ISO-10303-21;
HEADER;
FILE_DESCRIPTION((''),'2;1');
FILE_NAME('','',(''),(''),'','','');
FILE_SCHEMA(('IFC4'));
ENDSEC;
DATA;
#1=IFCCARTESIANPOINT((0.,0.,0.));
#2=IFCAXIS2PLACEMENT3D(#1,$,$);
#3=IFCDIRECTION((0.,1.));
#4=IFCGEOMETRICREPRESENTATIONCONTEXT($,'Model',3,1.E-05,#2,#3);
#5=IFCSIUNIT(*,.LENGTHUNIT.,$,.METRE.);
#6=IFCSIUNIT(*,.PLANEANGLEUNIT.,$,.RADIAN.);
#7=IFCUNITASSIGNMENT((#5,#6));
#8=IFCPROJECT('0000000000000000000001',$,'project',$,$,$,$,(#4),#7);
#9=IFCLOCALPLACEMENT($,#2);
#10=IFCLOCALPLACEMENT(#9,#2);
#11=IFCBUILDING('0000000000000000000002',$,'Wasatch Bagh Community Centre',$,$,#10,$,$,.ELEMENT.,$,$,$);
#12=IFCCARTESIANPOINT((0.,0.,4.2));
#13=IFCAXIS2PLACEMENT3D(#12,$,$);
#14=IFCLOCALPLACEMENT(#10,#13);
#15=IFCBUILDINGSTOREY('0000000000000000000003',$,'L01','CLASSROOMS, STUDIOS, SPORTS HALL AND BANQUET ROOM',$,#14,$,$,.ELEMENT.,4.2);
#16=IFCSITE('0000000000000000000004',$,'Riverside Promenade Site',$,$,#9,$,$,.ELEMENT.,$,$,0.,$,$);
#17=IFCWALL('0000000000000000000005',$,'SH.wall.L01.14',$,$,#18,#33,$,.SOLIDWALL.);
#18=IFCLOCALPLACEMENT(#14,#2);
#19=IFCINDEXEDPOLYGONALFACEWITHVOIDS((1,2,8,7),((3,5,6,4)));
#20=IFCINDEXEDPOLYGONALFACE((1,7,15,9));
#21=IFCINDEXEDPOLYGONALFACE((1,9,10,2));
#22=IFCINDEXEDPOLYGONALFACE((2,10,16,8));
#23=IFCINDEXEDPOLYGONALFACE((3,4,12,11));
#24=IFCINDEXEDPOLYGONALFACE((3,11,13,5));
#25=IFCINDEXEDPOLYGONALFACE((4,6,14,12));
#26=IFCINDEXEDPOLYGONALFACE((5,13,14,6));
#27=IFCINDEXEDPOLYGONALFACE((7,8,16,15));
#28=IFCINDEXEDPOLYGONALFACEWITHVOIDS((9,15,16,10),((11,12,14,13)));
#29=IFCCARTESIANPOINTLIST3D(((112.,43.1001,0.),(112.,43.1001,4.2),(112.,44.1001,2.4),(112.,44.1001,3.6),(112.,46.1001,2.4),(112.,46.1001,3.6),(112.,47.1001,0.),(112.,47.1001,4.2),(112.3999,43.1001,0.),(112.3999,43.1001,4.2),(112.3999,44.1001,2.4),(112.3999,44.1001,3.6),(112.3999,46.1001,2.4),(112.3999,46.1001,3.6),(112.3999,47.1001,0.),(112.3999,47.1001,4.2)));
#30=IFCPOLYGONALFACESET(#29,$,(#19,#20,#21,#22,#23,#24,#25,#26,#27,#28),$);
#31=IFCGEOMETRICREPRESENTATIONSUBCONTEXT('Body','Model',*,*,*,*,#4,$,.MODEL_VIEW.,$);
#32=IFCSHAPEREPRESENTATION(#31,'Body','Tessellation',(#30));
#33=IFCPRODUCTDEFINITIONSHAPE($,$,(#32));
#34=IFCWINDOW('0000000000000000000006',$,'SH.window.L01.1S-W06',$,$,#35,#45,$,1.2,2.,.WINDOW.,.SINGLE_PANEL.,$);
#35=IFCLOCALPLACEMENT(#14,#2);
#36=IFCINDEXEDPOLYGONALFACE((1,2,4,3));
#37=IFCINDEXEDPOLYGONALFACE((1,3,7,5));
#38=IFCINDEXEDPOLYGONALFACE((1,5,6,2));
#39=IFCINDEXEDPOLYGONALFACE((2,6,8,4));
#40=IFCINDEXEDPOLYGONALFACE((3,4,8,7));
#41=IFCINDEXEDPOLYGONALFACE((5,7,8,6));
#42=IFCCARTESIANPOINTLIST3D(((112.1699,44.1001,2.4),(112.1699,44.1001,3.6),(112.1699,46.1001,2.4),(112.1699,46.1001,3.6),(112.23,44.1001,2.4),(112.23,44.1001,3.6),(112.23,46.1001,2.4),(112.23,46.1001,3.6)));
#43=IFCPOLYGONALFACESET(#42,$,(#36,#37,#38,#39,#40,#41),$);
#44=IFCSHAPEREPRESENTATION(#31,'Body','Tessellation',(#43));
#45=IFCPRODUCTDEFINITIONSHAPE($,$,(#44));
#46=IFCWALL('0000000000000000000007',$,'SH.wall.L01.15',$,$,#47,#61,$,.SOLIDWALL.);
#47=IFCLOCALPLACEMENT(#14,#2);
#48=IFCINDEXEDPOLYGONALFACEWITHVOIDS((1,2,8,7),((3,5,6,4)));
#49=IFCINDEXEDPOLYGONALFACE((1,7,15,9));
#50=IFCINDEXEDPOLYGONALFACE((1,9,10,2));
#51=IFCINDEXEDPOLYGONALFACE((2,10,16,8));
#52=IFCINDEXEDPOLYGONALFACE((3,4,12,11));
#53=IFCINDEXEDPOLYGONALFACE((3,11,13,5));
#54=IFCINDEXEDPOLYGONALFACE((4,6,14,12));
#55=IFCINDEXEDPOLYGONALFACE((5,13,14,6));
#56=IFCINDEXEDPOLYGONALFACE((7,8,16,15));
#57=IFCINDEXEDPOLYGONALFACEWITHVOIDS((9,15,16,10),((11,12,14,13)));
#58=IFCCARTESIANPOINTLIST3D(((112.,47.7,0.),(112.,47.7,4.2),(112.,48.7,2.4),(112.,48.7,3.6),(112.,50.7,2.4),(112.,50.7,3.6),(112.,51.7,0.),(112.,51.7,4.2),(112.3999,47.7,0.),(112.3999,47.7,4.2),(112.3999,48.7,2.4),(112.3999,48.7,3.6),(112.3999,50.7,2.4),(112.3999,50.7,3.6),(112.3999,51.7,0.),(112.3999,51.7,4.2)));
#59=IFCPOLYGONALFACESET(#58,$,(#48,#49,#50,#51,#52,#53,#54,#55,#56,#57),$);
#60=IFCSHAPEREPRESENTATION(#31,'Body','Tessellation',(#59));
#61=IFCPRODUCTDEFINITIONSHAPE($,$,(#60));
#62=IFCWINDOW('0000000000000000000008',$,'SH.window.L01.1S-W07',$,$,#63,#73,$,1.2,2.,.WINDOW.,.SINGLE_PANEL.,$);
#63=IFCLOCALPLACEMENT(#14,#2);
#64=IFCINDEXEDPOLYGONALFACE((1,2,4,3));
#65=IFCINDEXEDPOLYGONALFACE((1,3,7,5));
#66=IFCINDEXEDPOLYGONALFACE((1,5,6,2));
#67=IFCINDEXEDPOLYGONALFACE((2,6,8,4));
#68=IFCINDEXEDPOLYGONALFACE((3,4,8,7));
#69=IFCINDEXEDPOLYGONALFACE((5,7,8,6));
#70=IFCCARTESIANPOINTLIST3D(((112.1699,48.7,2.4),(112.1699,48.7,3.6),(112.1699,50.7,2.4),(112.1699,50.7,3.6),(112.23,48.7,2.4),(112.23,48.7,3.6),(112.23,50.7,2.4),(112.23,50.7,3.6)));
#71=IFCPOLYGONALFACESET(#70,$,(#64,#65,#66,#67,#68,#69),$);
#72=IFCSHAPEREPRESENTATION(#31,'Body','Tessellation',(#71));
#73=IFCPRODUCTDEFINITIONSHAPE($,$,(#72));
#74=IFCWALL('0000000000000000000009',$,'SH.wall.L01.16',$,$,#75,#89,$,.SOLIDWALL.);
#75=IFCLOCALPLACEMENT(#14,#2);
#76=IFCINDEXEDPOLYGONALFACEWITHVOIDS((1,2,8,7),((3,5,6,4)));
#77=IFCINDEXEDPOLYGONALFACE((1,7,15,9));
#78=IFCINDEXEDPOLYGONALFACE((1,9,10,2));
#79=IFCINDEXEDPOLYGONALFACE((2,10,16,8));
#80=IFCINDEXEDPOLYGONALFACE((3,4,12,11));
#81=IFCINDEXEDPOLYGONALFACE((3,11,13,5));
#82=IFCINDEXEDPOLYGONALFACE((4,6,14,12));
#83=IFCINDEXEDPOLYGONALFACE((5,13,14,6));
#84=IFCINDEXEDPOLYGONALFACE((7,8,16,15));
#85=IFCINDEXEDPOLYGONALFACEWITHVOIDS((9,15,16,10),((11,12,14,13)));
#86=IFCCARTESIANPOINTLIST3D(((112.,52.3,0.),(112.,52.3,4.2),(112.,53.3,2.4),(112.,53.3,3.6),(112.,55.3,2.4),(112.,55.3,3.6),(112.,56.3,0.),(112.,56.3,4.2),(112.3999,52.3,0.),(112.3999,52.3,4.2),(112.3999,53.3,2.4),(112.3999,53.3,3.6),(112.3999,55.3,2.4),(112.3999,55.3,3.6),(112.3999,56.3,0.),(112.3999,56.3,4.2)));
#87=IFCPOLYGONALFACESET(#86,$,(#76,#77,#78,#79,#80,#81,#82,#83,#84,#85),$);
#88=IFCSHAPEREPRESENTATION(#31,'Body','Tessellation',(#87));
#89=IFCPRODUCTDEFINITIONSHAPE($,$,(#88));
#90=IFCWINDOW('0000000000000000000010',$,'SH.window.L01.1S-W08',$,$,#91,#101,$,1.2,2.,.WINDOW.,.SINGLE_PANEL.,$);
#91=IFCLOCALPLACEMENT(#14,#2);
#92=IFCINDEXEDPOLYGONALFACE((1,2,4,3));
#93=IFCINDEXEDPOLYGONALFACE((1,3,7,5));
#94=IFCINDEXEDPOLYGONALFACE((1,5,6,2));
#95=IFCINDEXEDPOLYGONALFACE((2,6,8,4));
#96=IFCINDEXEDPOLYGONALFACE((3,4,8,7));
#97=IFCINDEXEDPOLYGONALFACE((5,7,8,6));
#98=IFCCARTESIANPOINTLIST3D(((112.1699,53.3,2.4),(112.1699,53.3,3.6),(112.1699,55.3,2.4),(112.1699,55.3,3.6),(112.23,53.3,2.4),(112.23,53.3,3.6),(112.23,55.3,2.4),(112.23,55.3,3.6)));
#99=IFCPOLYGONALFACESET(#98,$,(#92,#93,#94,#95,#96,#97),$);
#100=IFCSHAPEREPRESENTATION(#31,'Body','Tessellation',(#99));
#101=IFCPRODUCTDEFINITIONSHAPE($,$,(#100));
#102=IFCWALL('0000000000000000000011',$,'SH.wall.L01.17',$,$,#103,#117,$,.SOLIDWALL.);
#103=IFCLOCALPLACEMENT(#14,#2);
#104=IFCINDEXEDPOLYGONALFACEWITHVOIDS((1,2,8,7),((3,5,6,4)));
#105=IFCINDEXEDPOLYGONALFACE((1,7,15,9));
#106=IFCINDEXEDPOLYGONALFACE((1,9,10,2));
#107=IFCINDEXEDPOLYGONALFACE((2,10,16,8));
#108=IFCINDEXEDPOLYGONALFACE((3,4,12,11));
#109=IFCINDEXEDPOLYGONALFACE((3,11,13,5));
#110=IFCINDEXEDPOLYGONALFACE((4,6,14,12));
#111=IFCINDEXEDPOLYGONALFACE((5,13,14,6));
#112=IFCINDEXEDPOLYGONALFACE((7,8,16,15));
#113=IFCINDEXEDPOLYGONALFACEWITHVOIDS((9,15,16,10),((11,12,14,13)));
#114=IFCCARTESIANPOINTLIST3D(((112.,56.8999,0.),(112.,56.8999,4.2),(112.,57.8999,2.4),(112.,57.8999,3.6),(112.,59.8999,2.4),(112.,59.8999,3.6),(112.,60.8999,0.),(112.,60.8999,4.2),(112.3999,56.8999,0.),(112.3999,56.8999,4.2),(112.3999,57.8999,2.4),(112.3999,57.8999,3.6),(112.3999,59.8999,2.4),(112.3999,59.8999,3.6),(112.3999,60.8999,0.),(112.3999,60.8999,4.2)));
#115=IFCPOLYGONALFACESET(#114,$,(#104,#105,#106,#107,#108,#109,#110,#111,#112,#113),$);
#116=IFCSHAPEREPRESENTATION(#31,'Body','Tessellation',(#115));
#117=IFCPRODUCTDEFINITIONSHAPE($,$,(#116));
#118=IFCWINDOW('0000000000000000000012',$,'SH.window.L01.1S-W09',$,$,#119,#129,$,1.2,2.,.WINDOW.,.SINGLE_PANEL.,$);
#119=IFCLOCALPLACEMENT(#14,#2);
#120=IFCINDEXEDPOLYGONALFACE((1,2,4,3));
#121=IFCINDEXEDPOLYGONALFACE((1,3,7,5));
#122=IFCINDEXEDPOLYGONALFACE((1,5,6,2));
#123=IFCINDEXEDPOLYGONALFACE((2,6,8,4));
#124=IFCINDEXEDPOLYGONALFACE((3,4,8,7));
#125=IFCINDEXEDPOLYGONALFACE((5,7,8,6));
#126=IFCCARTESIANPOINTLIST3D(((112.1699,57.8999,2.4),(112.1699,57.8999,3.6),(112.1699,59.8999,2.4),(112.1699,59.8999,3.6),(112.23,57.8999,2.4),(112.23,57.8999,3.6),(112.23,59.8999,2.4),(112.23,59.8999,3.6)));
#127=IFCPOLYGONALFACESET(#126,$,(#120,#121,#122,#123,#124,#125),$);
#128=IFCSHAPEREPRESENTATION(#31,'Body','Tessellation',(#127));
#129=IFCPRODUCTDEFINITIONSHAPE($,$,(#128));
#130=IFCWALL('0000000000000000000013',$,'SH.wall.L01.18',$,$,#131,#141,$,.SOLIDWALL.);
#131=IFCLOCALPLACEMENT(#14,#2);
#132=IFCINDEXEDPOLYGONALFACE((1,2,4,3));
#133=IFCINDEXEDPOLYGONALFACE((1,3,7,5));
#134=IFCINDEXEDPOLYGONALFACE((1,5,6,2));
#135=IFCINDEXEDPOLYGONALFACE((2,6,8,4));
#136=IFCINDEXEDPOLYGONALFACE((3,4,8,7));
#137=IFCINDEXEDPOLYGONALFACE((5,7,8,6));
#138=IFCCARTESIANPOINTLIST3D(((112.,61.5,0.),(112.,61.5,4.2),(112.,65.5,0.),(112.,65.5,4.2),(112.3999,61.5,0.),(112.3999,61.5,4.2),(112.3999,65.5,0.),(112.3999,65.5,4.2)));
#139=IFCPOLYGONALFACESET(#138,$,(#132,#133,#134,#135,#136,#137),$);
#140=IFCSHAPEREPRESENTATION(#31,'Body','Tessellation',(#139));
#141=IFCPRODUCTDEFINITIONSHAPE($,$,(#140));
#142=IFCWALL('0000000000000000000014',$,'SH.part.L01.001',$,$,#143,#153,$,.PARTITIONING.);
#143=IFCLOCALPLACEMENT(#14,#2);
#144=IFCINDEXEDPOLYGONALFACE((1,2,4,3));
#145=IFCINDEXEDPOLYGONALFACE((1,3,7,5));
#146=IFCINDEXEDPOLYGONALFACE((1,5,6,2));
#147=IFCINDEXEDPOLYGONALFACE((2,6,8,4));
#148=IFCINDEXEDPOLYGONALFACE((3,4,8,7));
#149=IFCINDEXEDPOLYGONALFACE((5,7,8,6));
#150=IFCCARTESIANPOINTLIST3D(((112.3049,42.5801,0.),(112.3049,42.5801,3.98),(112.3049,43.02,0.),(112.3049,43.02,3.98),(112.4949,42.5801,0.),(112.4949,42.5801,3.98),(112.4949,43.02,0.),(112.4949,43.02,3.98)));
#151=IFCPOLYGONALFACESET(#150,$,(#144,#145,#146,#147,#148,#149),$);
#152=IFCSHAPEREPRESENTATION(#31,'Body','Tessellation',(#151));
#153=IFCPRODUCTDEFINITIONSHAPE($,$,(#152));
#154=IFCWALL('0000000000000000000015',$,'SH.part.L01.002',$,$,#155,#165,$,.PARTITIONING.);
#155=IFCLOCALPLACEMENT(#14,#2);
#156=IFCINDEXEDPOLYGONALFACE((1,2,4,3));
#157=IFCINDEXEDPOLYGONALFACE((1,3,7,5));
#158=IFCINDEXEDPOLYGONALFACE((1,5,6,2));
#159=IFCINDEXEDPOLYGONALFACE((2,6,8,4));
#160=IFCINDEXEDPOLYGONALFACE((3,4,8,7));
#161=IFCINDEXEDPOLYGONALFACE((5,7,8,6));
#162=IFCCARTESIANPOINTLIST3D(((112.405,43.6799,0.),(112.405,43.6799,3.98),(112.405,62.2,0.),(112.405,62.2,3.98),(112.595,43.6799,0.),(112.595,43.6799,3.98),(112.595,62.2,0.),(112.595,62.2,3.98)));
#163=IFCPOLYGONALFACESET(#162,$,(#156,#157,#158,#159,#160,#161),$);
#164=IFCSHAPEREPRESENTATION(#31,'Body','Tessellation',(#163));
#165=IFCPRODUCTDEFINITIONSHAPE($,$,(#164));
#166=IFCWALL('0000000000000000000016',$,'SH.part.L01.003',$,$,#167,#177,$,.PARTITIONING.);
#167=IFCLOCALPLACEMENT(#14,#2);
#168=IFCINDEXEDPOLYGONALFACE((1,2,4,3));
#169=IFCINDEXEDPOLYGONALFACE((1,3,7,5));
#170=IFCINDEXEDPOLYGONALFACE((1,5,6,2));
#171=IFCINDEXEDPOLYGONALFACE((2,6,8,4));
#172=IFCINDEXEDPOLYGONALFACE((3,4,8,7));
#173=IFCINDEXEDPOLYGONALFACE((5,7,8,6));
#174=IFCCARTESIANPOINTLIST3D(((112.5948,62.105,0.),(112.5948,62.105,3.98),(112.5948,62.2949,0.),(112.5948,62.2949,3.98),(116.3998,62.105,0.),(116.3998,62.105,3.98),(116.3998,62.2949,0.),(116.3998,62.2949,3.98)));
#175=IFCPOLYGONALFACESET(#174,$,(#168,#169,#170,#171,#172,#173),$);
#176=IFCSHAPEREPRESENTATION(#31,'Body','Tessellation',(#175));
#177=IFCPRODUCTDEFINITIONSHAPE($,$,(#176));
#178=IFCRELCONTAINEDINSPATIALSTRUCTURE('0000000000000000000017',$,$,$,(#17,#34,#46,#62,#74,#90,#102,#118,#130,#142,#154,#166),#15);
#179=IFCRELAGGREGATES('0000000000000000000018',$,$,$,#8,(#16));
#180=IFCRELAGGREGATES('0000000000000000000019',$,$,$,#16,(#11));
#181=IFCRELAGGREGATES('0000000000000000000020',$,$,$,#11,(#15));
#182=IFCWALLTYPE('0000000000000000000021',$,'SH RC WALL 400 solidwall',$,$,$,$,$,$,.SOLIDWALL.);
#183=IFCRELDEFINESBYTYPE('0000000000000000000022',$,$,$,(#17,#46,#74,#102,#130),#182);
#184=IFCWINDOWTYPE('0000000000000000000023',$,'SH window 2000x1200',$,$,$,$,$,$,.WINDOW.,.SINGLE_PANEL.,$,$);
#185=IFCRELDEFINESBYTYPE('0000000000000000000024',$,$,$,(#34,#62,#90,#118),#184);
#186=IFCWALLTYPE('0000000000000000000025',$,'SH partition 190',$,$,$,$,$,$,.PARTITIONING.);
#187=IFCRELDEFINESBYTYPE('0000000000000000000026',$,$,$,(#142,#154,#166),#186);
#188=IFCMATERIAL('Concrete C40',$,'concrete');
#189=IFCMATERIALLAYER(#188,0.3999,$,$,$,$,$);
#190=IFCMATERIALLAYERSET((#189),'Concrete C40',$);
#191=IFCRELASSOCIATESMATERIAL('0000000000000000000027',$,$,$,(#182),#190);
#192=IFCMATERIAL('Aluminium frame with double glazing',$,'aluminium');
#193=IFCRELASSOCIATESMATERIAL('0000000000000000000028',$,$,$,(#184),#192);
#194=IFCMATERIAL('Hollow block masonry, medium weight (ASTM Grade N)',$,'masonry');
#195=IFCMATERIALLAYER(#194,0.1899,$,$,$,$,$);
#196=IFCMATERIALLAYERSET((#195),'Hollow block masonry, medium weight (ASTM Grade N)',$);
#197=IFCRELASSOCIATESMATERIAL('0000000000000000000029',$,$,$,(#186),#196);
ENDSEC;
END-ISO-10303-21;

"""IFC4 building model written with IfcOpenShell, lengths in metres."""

from ifc_helpers import new_model, si_unit, direction, frame, frame_2d, origin, place, context, subcontext, project, spatial, rectangle, extrude, material, layer, layer_set, type_object, element, fill, save


model = new_model("IFC4")

# Units and contexts
model_context = context("Model", 3, precision=1e-05, world=origin(), true_north=direction((0.0, 1.0)))
body_context = subcontext(model_context, "Body", "Model", "MODEL_VIEW")
ifc_project = project(units=[si_unit("LENGTHUNIT", "METRE"), si_unit("PLANEANGLEUNIT", "RADIAN")], contexts=[model_context])

# Site, building, storey
site_placement = place(None, origin())
site = spatial("IfcSite", under=ifc_project, at=site_placement, Name="Riverside Promenade Site", CompositionType="ELEMENT", RefElevation=0.0)
building_placement = place(site_placement, origin())
building = spatial("IfcBuilding", under=site, at=building_placement, Name="Wasatch Bagh Community Centre", CompositionType="ELEMENT")
storey_placement = place(building_placement, frame((0.0, 0.0, 4.2)))
storey = spatial("IfcBuildingStorey", under=building, at=storey_placement, Name="L01", Description="CLASSROOMS, STUDIOS, SPORTS HALL AND BANQUET ROOM", CompositionType="ELEMENT", Elevation=4.2)

# Shared definitions
ifc_material_1 = material(Name="Concrete C40", Category="concrete")

# Shared definitions
ifc_layer_1 = layer(ifc_material_1, 0.3999)
ifc_layer_set_1 = layer_set([ifc_layer_1], Name="Concrete C40")
wall_type_1 = type_object("IfcWallType", Name="SH RC WALL 400 solidwall", PredefinedType="SOLIDWALL", material=ifc_layer_set_1)

# Walls, openings, windows
wall_1_placement = place(storey_placement, frame((112.2, 43.1001, 0.0), z_axis=(0.0, 0.0, 1.0), x_axis=(0.0, 1.0, 0.0)))
wall_1 = element("IfcWall", 1, at=wall_1_placement, inside=storey, type_object=wall_type_1, Name="SH.wall.L01.14", PredefinedType="SOLIDWALL", context=body_context, shape_type="SweptSolid", body=[
    extrude(rectangle(XDim=4.0, YDim=0.3999, at=frame_2d((2.0, 0.0))), origin(), (0.0, 0.0, 1.0), 4.2),
])
opening_1_placement = place(wall_1_placement, frame((1.0, 0.0, 2.3999)))
opening_1 = element("IfcOpeningElement", 2, at=opening_1_placement, cuts=wall_1, PredefinedType="OPENING", context=body_context, shape_type="SweptSolid", body=[
    extrude(rectangle(XDim=2.0, YDim=1.2, at=frame_2d((1.0, 0.6001))), frame((0.0, 0.21, 0.0), z_axis=(0.0, -1.0, 0.0), x_axis=(1.0, 0.0, 0.0)), (0.0, 0.0, 1.0), 0.4199),
])
ifc_material_2 = material(Name="Aluminium frame with double glazing", Category="aluminium")
window_type = type_object("IfcWindowType", Name="SH window 2000x1200", PartitioningType="SINGLE_PANEL", PredefinedType="WINDOW", material=ifc_material_2)
window_1_placement = place(opening_1_placement, origin())
window_1 = element("IfcWindow", 3, at=window_1_placement, inside=storey, type_object=window_type, Name="SH.window.L01.1S-W06", OverallHeight=1.2, OverallWidth=2.0, PartitioningType="SINGLE_PANEL", PredefinedType="WINDOW", context=body_context, shape_type="SweptSolid", body=[
    extrude(rectangle(XDim=2.0, YDim=1.2, at=frame_2d((1.0, 0.6001))), frame((0.0, 0.03, 0.0), z_axis=(0.0, -1.0, 0.0), x_axis=(1.0, 0.0, 0.0)), (0.0, 0.0, 1.0), 0.0601),
])
fill(opening_1, window_1)
wall_2_placement = place(storey_placement, frame((112.2, 47.7, 0.0), z_axis=(0.0, 0.0, 1.0), x_axis=(0.0, 1.0, 0.0)))
wall_2 = element("IfcWall", 4, at=wall_2_placement, inside=storey, type_object=wall_type_1, Name="SH.wall.L01.15", PredefinedType="SOLIDWALL", context=body_context, shape_type="SweptSolid", body=[
    extrude(rectangle(XDim=4.0, YDim=0.3999, at=frame_2d((2.0, 0.0))), origin(), (0.0, 0.0, 1.0), 4.2),
])
opening_2_placement = place(wall_2_placement, frame((1.0, 0.0, 2.3999)))
opening_2 = element("IfcOpeningElement", 5, at=opening_2_placement, cuts=wall_2, PredefinedType="OPENING", context=body_context, shape_type="SweptSolid", body=[
    extrude(rectangle(XDim=2.0, YDim=1.2, at=frame_2d((1.0, 0.6001))), frame((0.0, 0.21, 0.0), z_axis=(0.0, -1.0, 0.0), x_axis=(1.0, 0.0, 0.0)), (0.0, 0.0, 1.0), 0.4199),
])
window_2_placement = place(opening_2_placement, origin())
window_2 = element("IfcWindow", 6, at=window_2_placement, inside=storey, type_object=window_type, Name="SH.window.L01.1S-W07", OverallHeight=1.2, OverallWidth=2.0, PartitioningType="SINGLE_PANEL", PredefinedType="WINDOW", context=body_context, shape_type="SweptSolid", body=[
    extrude(rectangle(XDim=2.0, YDim=1.2, at=frame_2d((1.0, 0.6001))), frame((0.0, 0.03, 0.0), z_axis=(0.0, -1.0, 0.0), x_axis=(1.0, 0.0, 0.0)), (0.0, 0.0, 1.0), 0.0601),
])
fill(opening_2, window_2)
wall_3_placement = place(storey_placement, frame((112.2, 52.3, 0.0), z_axis=(0.0, 0.0, 1.0), x_axis=(0.0, 1.0, 0.0)))
wall_3 = element("IfcWall", 7, at=wall_3_placement, inside=storey, type_object=wall_type_1, Name="SH.wall.L01.16", PredefinedType="SOLIDWALL", context=body_context, shape_type="SweptSolid", body=[
    extrude(rectangle(XDim=4.0, YDim=0.3999, at=frame_2d((2.0, 0.0))), origin(), (0.0, 0.0, 1.0), 4.2),
])
opening_3_placement = place(wall_3_placement, frame((1.0, 0.0, 2.3999)))
opening_3 = element("IfcOpeningElement", 8, at=opening_3_placement, cuts=wall_3, PredefinedType="OPENING", context=body_context, shape_type="SweptSolid", body=[
    extrude(rectangle(XDim=2.0, YDim=1.2, at=frame_2d((1.0, 0.6001))), frame((0.0, 0.21, 0.0), z_axis=(0.0, -1.0, 0.0), x_axis=(1.0, 0.0, 0.0)), (0.0, 0.0, 1.0), 0.4199),
])
window_3_placement = place(opening_3_placement, origin())
window_3 = element("IfcWindow", 9, at=window_3_placement, inside=storey, type_object=window_type, Name="SH.window.L01.1S-W08", OverallHeight=1.2, OverallWidth=2.0, PartitioningType="SINGLE_PANEL", PredefinedType="WINDOW", context=body_context, shape_type="SweptSolid", body=[
    extrude(rectangle(XDim=2.0, YDim=1.2, at=frame_2d((1.0, 0.6001))), frame((0.0, 0.03, 0.0), z_axis=(0.0, -1.0, 0.0), x_axis=(1.0, 0.0, 0.0)), (0.0, 0.0, 1.0), 0.0601),
])
fill(opening_3, window_3)
wall_4_placement = place(storey_placement, frame((112.2, 56.8999, 0.0), z_axis=(0.0, 0.0, 1.0), x_axis=(0.0, 1.0, 0.0)))
wall_4 = element("IfcWall", 10, at=wall_4_placement, inside=storey, type_object=wall_type_1, Name="SH.wall.L01.17", PredefinedType="SOLIDWALL", context=body_context, shape_type="SweptSolid", body=[
    extrude(rectangle(XDim=4.0, YDim=0.3999, at=frame_2d((2.0, 0.0))), origin(), (0.0, 0.0, 1.0), 4.2),
])
opening_4_placement = place(wall_4_placement, frame((1.0, 0.0, 2.3999)))
opening_4 = element("IfcOpeningElement", 11, at=opening_4_placement, cuts=wall_4, PredefinedType="OPENING", context=body_context, shape_type="SweptSolid", body=[
    extrude(rectangle(XDim=2.0, YDim=1.2, at=frame_2d((1.0, 0.6001))), frame((0.0, 0.21, 0.0), z_axis=(0.0, -1.0, 0.0), x_axis=(1.0, 0.0, 0.0)), (0.0, 0.0, 1.0), 0.4199),
])
window_4_placement = place(opening_4_placement, origin())
window_4 = element("IfcWindow", 12, at=window_4_placement, inside=storey, type_object=window_type, Name="SH.window.L01.1S-W09", OverallHeight=1.2, OverallWidth=2.0, PartitioningType="SINGLE_PANEL", PredefinedType="WINDOW", context=body_context, shape_type="SweptSolid", body=[
    extrude(rectangle(XDim=2.0, YDim=1.2, at=frame_2d((1.0, 0.6001))), frame((0.0, 0.03, 0.0), z_axis=(0.0, -1.0, 0.0), x_axis=(1.0, 0.0, 0.0)), (0.0, 0.0, 1.0), 0.0601),
])
fill(opening_4, window_4)

# Walls
wall_5_placement = place(storey_placement, frame((112.2, 61.5, 0.0), z_axis=(0.0, 0.0, 1.0), x_axis=(0.0, 1.0, 0.0)))
element("IfcWall", 13, at=wall_5_placement, inside=storey, type_object=wall_type_1, Name="SH.wall.L01.18", PredefinedType="SOLIDWALL", context=body_context, shape_type="SweptSolid", body=[
    extrude(rectangle(XDim=4.0, YDim=0.3999, at=frame_2d((2.0, 0.0))), origin(), (0.0, 0.0, 1.0), 4.2),
])
ifc_material_3 = material(Name="Hollow block masonry, medium weight (ASTM Grade N)", Category="masonry")
ifc_layer_2 = layer(ifc_material_3, 0.1899)
ifc_layer_set_2 = layer_set([ifc_layer_2], Name="Hollow block masonry, medium weight (ASTM Grade N)")
wall_type_2 = type_object("IfcWallType", Name="SH partition 190", PredefinedType="PARTITIONING", material=ifc_layer_set_2)
wall_6_placement = place(storey_placement, frame((112.3999, 43.02, 0.0), z_axis=(0.0, 0.0, 1.0), x_axis=(0.0, -1.0, 0.0)))
element("IfcWall", 14, at=wall_6_placement, inside=storey, type_object=wall_type_2, Name="SH.part.L01.001", PredefinedType="PARTITIONING", context=body_context, shape_type="SweptSolid", body=[
    extrude(rectangle(XDim=0.4399, YDim=0.1899, at=frame_2d((0.22, 0.0))), origin(), (0.0, 0.0, 1.0), 3.98),
])
wall_7_placement = place(storey_placement, frame((112.5, 43.6799, 0.0), z_axis=(0.0, 0.0, 1.0), x_axis=(0.0, 1.0, 0.0)))
element("IfcWall", 15, at=wall_7_placement, inside=storey, type_object=wall_type_2, Name="SH.part.L01.002", PredefinedType="PARTITIONING", context=body_context, shape_type="SweptSolid", body=[
    extrude(rectangle(XDim=18.52, YDim=0.1899, at=frame_2d((9.26, 0.0))), origin(), (0.0, 0.0, 1.0), 3.98),
])
wall_8_placement = place(storey_placement, frame((112.595, 62.2, 0.0), z_axis=(0.0, 0.0, 1.0), x_axis=(1.0, 0.0, 0.0)))
element("IfcWall", 16, at=wall_8_placement, inside=storey, type_object=wall_type_2, Name="SH.part.L01.003", PredefinedType="PARTITIONING", context=body_context, shape_type="SweptSolid", body=[
    extrude(rectangle(XDim=3.8049, YDim=0.1899, at=frame_2d((1.9023, 0.0))), origin(), (0.0, 0.0, 1.0), 3.98),
])

save(model, "model.ifc")
